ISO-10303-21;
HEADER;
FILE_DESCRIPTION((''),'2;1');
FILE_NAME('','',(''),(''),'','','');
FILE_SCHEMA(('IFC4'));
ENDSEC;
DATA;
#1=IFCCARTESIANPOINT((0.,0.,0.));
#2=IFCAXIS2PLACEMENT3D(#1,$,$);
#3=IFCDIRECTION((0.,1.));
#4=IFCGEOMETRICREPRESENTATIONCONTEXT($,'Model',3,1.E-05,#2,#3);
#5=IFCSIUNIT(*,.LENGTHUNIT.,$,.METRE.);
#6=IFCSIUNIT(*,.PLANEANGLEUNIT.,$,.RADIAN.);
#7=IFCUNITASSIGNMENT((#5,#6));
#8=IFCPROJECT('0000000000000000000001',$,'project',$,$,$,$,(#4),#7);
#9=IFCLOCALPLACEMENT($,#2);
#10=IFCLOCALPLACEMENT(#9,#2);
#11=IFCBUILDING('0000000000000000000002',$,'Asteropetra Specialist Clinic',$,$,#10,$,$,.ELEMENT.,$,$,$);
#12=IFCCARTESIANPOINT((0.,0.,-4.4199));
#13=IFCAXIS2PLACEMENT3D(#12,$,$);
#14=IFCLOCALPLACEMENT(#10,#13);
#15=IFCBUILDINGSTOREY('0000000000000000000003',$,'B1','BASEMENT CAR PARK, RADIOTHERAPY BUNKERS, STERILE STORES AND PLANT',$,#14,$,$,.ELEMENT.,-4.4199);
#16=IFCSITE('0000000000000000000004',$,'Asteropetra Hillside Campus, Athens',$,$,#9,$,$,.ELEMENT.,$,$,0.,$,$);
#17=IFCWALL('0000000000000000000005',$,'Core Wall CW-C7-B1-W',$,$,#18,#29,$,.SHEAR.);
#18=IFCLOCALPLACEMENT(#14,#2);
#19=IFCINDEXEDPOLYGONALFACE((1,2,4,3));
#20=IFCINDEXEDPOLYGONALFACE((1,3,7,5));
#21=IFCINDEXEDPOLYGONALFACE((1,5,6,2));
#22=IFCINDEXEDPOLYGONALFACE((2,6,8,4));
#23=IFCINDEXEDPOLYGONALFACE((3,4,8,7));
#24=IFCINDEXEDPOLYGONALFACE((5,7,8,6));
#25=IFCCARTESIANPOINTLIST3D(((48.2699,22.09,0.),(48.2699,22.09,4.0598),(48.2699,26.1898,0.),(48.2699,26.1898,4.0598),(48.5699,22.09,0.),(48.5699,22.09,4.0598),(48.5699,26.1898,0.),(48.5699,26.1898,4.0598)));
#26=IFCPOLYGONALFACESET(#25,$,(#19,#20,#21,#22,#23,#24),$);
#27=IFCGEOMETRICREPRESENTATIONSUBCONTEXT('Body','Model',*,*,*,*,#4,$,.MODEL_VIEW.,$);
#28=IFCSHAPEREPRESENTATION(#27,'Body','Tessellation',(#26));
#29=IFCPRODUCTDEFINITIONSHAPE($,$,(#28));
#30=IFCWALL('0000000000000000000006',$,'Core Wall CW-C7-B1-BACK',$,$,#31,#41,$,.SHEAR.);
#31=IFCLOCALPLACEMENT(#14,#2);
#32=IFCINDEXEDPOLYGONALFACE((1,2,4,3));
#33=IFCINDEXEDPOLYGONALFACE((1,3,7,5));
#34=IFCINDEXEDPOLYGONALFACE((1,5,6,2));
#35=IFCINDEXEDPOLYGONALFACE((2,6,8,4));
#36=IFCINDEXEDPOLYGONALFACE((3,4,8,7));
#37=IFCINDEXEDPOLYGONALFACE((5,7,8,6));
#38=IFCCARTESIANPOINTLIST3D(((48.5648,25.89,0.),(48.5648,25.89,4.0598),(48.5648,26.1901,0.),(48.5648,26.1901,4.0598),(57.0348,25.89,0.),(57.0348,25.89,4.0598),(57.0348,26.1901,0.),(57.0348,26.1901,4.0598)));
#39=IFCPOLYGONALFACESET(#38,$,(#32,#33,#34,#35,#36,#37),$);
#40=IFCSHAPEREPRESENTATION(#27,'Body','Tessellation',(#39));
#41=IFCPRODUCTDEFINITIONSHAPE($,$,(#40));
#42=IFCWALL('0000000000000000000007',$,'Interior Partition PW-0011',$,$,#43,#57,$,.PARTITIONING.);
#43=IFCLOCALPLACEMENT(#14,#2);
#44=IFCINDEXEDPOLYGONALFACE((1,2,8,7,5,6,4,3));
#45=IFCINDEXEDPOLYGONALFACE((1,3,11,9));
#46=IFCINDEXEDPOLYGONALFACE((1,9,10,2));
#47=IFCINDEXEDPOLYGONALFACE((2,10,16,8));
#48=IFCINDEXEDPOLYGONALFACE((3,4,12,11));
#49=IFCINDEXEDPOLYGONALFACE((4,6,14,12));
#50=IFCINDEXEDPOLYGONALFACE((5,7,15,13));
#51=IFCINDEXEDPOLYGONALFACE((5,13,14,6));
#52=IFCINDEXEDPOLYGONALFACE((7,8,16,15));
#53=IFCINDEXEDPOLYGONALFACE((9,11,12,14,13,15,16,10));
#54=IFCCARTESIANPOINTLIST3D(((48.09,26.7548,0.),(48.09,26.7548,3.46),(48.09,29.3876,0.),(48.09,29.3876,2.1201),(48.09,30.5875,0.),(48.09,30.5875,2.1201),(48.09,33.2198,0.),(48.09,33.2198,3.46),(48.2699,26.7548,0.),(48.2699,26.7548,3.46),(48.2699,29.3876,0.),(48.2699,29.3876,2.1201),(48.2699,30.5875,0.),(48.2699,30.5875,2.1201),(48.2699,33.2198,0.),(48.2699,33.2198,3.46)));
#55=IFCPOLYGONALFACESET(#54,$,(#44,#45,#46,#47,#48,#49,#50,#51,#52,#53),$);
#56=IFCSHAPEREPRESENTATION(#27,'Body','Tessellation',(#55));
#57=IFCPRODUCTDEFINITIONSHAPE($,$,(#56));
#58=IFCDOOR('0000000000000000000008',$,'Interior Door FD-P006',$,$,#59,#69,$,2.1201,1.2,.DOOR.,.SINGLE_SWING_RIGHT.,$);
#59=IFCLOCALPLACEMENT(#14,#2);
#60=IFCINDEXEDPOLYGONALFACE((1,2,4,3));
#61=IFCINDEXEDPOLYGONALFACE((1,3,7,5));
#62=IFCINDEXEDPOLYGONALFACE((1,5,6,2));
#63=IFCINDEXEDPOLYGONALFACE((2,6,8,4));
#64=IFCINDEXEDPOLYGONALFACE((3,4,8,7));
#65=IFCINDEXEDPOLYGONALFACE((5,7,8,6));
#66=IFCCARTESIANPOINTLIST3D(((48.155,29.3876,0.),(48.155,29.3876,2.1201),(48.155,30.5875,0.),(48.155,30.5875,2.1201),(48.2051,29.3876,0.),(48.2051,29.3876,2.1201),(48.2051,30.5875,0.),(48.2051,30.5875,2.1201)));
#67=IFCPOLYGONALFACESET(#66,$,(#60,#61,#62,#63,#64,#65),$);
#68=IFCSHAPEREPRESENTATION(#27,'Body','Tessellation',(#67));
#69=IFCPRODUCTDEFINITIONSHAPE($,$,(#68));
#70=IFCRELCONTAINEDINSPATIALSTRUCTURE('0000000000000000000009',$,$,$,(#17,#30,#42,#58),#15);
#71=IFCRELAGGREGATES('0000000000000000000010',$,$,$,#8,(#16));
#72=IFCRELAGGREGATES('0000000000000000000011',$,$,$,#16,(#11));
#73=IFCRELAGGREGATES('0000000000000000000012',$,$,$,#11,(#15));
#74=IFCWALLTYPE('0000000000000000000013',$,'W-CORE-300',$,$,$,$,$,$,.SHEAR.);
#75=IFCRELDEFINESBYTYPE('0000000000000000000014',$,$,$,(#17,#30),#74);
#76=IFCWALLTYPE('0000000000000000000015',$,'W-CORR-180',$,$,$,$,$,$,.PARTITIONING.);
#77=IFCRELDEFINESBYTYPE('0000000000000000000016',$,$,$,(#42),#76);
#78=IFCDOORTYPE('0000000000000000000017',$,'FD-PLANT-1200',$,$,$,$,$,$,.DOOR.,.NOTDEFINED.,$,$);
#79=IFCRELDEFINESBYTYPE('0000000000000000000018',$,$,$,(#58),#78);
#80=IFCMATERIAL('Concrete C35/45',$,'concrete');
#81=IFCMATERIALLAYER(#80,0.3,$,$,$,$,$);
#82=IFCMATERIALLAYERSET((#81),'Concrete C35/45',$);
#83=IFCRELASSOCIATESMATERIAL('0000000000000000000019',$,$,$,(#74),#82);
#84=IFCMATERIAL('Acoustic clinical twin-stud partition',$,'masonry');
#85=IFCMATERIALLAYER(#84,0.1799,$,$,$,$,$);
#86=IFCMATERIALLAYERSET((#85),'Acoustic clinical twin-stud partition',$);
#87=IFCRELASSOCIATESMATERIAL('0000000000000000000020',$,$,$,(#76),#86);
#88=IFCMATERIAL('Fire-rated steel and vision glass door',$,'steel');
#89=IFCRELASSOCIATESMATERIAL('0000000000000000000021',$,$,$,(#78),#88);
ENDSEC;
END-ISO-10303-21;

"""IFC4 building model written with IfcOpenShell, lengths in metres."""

from ifc_helpers import new_model, si_unit, direction, frame, frame_2d, origin, place, context, subcontext, project, spatial, rectangle, extrude, material, layer, layer_set, type_object, element, fill, save


model = new_model("IFC4")

# Units and contexts
model_context = context("Model", 3, precision=1e-05, world=origin(), true_north=direction((0.0, 1.0)))
body_context = subcontext(model_context, "Body", "Model", "MODEL_VIEW")
ifc_project = project(units=[si_unit("LENGTHUNIT", "METRE"), si_unit("PLANEANGLEUNIT", "RADIAN")], contexts=[model_context])

# Site, building, storey
site_placement = place(None, origin())
site = spatial("IfcSite", under=ifc_project, at=site_placement, Name="Asteropetra Hillside Campus, Athens", CompositionType="ELEMENT", RefElevation=0.0)
building_placement = place(site_placement, origin())
building = spatial("IfcBuilding", under=site, at=building_placement, Name="Asteropetra Specialist Clinic", CompositionType="ELEMENT")
storey_placement = place(building_placement, frame((0.0, 0.0, -4.4199)))
storey = spatial("IfcBuildingStorey", under=building, at=storey_placement, Name="B1", Description="BASEMENT CAR PARK, RADIOTHERAPY BUNKERS, STERILE STORES AND PLANT", CompositionType="ELEMENT", Elevation=-4.4199)

# Walls
ifc_material_1 = material(Name="Concrete C35/45", Category="concrete")
ifc_layer_1 = layer(ifc_material_1, 0.3)
ifc_layer_set_1 = layer_set([ifc_layer_1], Name="Concrete C35/45")
wall_type_1 = type_object("IfcWallType", Name="W-CORE-300", PredefinedType="SHEAR", material=ifc_layer_set_1)
wall_1_placement = place(storey_placement, frame((48.4199, 22.0901, 0.0), z_axis=(0.0, 0.0, 1.0), x_axis=(0.0, 1.0, 0.0)))
element("IfcWall", 1, at=wall_1_placement, inside=storey, type_object=wall_type_1, Name="Core Wall CW-C7-B1-W", PredefinedType="SHEAR", context=body_context, shape_type="SweptSolid", body=[
    extrude(rectangle(XDim=4.0999, YDim=0.3, at=frame_2d((2.0498, 0.0))), origin(), (0.0, 0.0, 1.0), 4.0598),
])
wall_2_placement = place(storey_placement, frame((48.5649, 26.04, 0.0), z_axis=(0.0, 0.0, 1.0), x_axis=(1.0, 0.0, 0.0)))
element("IfcWall", 2, at=wall_2_placement, inside=storey, type_object=wall_type_1, Name="Core Wall CW-C7-B1-BACK", PredefinedType="SHEAR", context=body_context, shape_type="SweptSolid", body=[
    extrude(rectangle(XDim=8.47, YDim=0.3, at=frame_2d((4.2349, 0.0))), origin(), (0.0, 0.0, 1.0), 4.0598),
])

# Wall, opening, door
ifc_material_2 = material(Name="Acoustic clinical twin-stud partition", Category="masonry")
ifc_layer_2 = layer(ifc_material_2, 0.1799)
ifc_layer_set_2 = layer_set([ifc_layer_2], Name="Acoustic clinical twin-stud partition")
wall_type_2 = type_object("IfcWallType", Name="W-CORR-180", PredefinedType="PARTITIONING", material=ifc_layer_set_2)
wall_3_placement = place(storey_placement, frame((48.1799, 26.7549, 0.0), z_axis=(0.0, 0.0, 1.0), x_axis=(0.0, 1.0, 0.0)))
wall_3 = element("IfcWall", 3, at=wall_3_placement, inside=storey, type_object=wall_type_2, Name="Interior Partition PW-0011", PredefinedType="PARTITIONING", context=body_context, shape_type="SweptSolid", body=[
    extrude(rectangle(XDim=6.4651, YDim=0.1799, at=frame_2d((3.2324, 0.0))), origin(), (0.0, 0.0, 1.0), 3.46),
])
opening_1_placement = place(wall_3_placement, frame((2.6326, 0.0, 0.0)))
opening_1 = element("IfcOpeningElement", 4, at=opening_1_placement, cuts=wall_3, PredefinedType="OPENING", context=body_context, shape_type="SweptSolid", body=[
    extrude(rectangle(XDim=1.2, YDim=2.1201, at=frame_2d((0.6001, 1.0601))), frame((0.0, 0.0999, 0.0), z_axis=(0.0, -1.0, 0.0), x_axis=(1.0, 0.0, 0.0)), (0.0, 0.0, 1.0), 0.2),
])
ifc_material_3 = material(Name="Fire-rated steel and vision glass door", Category="steel")
door_type_1 = type_object("IfcDoorType", Name="FD-PLANT-1200", OperationType="NOTDEFINED", PredefinedType="DOOR", material=ifc_material_3)
door_1_placement = place(opening_1_placement, origin())
door_1 = element("IfcDoor", 5, at=door_1_placement, inside=storey, type_object=door_type_1, Name="Interior Door FD-P006", OperationType="SINGLE_SWING_RIGHT", OverallHeight=2.1201, OverallWidth=1.2, PredefinedType="DOOR", context=body_context, shape_type="SweptSolid", body=[
    extrude(rectangle(XDim=1.2, YDim=2.1201, at=frame_2d((0.6001, 1.0601))), frame((0.0, 0.0249, 0.0), z_axis=(0.0, -1.0, 0.0), x_axis=(1.0, 0.0, 0.0)), (0.0, 0.0, 1.0), 0.05),
])
fill(opening_1, door_1)

save(model, "model.ifc")
